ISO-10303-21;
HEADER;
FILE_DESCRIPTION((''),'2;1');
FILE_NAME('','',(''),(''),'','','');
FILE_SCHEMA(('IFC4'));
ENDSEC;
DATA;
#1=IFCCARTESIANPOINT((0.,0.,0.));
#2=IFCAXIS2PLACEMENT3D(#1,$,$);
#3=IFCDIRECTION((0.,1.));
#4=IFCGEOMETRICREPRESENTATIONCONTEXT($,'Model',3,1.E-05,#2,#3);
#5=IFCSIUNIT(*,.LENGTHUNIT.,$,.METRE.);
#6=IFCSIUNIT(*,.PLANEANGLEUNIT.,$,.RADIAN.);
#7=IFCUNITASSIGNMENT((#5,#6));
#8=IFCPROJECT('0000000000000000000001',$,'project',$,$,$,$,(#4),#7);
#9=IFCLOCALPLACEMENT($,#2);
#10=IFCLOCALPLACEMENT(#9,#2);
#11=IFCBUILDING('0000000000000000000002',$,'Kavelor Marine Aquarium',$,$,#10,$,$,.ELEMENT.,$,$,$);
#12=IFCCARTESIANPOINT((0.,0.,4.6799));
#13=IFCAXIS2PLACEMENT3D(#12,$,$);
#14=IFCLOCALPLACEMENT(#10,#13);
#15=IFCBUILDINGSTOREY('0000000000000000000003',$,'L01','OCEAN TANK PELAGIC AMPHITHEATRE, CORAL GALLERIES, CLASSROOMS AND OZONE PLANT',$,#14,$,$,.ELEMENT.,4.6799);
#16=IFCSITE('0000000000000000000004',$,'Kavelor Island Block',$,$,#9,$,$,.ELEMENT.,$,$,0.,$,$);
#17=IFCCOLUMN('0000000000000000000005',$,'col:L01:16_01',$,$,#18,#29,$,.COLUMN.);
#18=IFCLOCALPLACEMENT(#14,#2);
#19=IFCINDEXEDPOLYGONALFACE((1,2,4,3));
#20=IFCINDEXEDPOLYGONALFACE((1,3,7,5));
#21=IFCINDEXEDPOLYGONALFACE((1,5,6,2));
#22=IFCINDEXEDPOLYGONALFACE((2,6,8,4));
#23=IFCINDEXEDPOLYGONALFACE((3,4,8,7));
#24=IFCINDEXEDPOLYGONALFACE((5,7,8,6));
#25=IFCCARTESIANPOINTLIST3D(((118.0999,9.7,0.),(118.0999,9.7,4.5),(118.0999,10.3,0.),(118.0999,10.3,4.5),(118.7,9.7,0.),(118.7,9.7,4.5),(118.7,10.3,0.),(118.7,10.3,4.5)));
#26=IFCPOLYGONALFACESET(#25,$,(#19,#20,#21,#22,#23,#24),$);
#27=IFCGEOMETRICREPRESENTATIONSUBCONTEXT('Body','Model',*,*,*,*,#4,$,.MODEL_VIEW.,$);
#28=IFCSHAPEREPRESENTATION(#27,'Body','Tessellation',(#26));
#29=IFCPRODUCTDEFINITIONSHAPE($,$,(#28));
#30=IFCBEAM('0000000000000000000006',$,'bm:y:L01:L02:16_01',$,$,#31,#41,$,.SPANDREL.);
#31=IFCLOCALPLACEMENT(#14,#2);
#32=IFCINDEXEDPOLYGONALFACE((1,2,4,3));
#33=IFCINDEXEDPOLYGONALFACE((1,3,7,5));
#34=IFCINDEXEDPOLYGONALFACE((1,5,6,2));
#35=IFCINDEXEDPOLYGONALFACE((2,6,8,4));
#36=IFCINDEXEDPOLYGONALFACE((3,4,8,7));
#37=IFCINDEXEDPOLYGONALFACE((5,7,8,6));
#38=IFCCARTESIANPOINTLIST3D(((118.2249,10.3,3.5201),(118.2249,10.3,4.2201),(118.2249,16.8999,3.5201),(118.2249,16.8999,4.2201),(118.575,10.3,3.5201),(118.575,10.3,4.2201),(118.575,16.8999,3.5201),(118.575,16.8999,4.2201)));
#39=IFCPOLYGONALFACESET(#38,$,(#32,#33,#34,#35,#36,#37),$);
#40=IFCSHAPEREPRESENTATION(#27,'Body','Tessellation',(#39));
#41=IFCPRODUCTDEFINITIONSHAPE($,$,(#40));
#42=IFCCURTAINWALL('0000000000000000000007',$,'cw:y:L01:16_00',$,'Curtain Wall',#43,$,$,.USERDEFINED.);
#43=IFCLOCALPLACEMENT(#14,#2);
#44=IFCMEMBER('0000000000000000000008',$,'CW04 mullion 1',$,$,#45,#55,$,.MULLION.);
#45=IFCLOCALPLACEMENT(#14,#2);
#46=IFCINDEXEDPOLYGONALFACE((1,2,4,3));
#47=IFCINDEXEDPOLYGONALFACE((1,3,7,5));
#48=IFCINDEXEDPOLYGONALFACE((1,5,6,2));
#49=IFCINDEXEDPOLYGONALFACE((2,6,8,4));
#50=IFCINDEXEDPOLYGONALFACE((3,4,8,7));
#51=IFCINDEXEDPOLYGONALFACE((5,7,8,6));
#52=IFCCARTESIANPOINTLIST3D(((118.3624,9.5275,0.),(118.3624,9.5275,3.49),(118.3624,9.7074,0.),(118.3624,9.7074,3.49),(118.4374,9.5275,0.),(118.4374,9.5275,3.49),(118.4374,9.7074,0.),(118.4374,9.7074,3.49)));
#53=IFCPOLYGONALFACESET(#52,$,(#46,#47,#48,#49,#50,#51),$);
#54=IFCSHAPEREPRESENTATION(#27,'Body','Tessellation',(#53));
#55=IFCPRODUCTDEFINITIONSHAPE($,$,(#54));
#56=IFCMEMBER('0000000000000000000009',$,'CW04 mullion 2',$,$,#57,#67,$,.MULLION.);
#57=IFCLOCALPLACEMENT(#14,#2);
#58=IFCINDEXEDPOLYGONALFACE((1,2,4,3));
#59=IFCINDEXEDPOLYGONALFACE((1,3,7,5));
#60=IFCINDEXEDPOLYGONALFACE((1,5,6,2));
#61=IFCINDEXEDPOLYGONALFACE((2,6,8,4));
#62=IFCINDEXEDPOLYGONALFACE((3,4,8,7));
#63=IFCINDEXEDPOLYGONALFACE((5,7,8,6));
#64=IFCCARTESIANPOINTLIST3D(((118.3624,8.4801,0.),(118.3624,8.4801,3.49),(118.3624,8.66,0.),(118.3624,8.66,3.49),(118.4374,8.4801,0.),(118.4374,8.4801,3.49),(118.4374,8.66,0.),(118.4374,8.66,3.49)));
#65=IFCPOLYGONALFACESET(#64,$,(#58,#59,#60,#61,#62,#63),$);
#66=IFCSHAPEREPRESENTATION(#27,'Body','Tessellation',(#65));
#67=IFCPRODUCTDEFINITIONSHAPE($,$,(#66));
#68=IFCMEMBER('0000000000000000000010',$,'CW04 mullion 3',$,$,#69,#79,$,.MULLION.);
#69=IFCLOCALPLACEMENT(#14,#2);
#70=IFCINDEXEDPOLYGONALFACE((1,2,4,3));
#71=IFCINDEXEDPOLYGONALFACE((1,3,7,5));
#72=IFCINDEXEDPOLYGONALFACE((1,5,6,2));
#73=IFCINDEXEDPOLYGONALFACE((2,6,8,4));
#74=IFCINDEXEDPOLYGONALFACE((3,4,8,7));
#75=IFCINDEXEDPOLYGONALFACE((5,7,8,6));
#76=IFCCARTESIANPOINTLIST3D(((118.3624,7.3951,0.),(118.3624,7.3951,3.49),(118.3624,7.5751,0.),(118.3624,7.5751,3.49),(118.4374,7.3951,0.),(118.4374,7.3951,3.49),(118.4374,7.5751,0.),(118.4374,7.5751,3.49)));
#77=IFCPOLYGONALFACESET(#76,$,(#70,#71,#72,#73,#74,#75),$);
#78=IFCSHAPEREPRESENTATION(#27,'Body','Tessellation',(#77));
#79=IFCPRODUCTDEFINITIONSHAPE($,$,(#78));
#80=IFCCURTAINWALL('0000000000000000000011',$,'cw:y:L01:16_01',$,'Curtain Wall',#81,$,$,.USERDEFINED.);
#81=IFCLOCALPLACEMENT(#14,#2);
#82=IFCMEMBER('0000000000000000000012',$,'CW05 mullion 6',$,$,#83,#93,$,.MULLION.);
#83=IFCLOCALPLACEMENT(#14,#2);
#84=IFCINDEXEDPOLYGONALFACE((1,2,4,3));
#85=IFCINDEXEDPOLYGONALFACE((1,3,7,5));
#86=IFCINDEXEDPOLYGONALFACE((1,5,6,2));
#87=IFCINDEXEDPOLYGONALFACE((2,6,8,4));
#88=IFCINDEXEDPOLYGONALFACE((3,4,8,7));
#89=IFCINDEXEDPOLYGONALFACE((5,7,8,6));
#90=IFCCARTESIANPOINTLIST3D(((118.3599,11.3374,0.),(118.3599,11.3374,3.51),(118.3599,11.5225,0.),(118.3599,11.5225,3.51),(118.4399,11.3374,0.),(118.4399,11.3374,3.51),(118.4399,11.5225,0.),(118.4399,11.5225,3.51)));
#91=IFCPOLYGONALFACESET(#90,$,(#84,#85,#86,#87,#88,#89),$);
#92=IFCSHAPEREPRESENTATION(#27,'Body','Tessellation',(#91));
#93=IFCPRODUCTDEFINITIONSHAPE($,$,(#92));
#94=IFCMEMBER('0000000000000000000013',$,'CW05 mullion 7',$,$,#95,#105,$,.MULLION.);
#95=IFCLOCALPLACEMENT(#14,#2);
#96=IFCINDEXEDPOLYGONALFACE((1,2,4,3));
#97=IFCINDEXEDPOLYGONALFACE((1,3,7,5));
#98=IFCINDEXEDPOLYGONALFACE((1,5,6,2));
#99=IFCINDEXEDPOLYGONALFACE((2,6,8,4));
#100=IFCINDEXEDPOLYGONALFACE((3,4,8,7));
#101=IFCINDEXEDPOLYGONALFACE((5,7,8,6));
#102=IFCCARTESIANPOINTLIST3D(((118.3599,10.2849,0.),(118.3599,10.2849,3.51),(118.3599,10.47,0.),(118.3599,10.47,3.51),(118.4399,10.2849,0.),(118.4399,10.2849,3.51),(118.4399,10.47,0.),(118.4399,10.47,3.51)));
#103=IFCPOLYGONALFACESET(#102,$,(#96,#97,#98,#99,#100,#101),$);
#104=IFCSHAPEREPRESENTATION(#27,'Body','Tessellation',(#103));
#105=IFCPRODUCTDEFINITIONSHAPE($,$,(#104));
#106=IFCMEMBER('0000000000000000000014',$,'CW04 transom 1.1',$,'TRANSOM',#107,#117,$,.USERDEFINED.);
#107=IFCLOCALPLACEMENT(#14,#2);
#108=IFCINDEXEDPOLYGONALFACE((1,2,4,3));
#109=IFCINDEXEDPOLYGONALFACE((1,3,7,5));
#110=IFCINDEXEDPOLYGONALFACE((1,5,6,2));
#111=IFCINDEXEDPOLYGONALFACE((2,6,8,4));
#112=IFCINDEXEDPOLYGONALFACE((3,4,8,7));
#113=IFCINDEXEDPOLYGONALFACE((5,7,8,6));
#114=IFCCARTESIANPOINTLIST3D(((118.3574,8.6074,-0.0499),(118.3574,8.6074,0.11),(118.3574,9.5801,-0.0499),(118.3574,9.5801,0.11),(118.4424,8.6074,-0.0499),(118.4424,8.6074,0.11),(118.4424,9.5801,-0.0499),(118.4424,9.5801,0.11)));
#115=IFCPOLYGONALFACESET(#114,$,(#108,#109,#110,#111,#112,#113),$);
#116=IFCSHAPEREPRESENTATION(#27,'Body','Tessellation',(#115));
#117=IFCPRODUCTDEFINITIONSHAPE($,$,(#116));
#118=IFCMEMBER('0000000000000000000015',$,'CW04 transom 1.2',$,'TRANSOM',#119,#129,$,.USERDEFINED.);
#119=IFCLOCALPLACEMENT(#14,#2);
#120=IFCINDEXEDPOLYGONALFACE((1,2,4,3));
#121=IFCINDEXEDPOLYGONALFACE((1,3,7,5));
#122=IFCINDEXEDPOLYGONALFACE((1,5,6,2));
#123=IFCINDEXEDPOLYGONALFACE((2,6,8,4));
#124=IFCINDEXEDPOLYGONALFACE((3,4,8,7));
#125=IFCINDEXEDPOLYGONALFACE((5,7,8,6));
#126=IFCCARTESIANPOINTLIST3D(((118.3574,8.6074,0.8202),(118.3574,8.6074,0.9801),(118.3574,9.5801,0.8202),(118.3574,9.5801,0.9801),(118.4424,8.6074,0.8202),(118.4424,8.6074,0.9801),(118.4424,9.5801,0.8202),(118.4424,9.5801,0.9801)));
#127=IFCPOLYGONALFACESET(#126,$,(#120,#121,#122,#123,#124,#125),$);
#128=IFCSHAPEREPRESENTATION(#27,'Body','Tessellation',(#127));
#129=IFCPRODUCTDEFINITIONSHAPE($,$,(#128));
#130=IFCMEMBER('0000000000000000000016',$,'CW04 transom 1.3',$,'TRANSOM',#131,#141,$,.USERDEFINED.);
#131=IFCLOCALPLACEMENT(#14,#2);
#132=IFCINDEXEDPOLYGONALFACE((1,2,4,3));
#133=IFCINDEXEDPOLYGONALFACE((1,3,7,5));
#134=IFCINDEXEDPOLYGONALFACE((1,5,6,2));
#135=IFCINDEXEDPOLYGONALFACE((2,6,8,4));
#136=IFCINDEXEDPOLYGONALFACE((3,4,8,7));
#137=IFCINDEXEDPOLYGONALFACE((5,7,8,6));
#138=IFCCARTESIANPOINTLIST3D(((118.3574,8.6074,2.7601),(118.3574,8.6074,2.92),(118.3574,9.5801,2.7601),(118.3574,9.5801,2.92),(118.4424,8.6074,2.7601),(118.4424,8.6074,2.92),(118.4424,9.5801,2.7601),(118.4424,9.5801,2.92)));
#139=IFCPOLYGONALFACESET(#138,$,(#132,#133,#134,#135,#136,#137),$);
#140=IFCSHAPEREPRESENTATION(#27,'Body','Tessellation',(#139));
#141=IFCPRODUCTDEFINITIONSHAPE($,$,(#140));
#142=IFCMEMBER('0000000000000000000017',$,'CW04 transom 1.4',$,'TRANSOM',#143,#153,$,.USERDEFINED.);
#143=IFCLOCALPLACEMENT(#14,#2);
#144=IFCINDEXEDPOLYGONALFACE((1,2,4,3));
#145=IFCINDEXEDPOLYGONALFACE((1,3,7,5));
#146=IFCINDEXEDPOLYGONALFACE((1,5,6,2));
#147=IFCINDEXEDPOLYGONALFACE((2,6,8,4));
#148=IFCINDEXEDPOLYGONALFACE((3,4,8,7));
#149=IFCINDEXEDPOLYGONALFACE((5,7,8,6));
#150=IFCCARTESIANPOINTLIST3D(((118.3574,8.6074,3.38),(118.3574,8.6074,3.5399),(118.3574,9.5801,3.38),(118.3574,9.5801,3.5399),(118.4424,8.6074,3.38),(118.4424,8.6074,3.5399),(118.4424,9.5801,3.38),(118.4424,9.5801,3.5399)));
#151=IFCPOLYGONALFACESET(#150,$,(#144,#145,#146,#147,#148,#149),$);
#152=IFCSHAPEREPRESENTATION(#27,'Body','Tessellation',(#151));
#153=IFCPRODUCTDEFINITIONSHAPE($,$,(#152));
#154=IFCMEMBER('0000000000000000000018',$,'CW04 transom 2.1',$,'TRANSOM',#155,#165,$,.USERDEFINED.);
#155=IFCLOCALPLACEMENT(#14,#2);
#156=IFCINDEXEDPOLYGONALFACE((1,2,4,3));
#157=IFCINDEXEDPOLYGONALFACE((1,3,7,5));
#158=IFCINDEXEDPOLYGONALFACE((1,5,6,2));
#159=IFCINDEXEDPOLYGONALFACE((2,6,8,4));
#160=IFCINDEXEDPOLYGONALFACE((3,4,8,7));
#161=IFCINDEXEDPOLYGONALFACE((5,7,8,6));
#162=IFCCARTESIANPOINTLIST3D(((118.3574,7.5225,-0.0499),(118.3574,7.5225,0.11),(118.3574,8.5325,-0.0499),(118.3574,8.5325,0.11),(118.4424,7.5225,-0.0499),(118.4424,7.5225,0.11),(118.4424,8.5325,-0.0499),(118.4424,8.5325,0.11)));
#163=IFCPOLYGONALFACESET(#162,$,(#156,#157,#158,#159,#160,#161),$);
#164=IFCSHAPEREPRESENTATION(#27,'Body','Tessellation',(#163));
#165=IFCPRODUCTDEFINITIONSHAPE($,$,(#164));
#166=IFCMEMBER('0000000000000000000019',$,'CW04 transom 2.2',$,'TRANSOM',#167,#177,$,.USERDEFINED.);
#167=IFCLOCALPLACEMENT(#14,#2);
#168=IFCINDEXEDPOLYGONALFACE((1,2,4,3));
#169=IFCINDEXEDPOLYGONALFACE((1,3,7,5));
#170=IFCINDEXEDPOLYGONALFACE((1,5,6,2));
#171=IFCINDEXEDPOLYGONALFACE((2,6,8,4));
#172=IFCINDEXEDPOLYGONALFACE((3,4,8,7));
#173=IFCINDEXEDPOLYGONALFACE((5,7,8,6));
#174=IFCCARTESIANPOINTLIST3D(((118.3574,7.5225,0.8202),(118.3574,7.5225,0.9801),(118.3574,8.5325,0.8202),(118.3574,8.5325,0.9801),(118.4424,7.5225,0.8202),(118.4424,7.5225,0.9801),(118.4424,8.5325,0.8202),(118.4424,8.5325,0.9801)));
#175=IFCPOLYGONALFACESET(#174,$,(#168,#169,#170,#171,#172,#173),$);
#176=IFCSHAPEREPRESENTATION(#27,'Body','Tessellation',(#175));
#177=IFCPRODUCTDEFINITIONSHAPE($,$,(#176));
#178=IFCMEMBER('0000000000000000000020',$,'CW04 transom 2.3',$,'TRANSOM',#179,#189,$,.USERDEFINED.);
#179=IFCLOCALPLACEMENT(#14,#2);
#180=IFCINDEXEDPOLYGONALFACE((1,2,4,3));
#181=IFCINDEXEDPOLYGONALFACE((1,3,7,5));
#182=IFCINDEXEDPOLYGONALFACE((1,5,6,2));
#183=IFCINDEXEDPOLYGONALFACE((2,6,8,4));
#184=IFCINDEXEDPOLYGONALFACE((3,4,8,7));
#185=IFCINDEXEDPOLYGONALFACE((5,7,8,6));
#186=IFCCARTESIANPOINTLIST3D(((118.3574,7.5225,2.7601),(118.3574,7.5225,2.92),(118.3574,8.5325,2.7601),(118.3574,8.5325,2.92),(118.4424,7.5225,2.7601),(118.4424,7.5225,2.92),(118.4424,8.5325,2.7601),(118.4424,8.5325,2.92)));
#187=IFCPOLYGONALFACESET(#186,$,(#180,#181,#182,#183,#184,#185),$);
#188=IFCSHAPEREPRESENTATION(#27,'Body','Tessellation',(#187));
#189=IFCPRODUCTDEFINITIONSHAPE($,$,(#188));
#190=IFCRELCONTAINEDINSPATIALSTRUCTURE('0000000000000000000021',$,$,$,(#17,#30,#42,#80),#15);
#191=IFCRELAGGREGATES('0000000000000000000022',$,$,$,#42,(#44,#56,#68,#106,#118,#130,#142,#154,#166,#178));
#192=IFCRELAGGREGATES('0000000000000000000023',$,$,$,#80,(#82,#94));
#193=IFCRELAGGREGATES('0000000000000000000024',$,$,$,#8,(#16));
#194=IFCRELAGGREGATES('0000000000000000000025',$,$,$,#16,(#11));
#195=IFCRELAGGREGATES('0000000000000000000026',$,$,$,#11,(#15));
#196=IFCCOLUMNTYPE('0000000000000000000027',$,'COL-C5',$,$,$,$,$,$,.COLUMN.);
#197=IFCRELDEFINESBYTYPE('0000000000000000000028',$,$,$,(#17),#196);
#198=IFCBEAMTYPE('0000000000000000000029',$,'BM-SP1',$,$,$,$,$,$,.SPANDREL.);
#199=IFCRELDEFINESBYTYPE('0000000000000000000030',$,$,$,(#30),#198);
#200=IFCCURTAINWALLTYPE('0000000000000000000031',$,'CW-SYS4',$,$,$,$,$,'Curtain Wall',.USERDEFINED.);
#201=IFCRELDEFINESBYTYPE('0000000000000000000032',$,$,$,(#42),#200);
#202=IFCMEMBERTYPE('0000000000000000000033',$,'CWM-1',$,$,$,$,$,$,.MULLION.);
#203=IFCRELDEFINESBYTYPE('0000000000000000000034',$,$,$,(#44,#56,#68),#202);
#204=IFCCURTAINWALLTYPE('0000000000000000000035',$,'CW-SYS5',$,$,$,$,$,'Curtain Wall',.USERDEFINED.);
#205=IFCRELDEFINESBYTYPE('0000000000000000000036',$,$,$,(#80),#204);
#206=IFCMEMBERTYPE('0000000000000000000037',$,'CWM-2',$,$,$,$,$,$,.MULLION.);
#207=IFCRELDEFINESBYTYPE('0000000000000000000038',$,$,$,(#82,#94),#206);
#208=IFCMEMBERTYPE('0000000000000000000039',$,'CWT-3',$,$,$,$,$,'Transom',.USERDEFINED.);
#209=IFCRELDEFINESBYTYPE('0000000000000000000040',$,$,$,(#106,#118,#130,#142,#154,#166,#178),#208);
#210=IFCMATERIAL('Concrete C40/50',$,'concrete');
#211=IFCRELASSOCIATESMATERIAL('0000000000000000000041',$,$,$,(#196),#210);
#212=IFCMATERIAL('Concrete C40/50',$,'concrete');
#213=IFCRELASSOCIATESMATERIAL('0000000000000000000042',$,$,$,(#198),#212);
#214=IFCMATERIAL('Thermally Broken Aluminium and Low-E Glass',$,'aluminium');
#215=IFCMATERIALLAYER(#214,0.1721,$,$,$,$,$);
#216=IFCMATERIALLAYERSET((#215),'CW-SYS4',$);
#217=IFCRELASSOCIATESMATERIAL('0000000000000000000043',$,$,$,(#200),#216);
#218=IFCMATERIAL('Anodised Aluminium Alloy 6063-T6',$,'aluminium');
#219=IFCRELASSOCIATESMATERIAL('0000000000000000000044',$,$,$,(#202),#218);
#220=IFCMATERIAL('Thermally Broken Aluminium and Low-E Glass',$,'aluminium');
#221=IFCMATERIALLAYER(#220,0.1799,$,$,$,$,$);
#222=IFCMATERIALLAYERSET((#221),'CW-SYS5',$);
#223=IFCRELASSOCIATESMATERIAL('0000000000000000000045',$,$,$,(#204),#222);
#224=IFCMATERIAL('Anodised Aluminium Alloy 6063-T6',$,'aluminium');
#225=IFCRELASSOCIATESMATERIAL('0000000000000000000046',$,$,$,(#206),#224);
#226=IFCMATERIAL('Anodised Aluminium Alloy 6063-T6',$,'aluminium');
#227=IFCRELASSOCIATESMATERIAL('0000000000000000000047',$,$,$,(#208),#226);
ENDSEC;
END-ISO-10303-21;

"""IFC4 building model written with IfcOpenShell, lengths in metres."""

from ifc_helpers import new_model, si_unit, direction, frame, origin, origin_2d, place, context, subcontext, project, spatial, rectangle, extrude, material, layer, layer_set, material_profile, profile_set, type_object, element, aggregate, save


model = new_model("IFC4")

# Units and contexts
model_context = context("Model", 3, precision=1e-05, world=origin(), true_north=direction((0.0, 1.0)))
body_context = subcontext(model_context, "Body", "Model", "MODEL_VIEW")
ifc_project = project(units=[si_unit("LENGTHUNIT", "METRE"), si_unit("PLANEANGLEUNIT", "RADIAN")], contexts=[model_context])

# Site, building, storey
site_placement = place(None, origin())
site = spatial("IfcSite", under=ifc_project, at=site_placement, Name="Kavelor Island Block", CompositionType="ELEMENT", RefElevation=0.0)
building_placement = place(site_placement, origin())
building = spatial("IfcBuilding", under=site, at=building_placement, Name="Kavelor Marine Aquarium", CompositionType="ELEMENT")
storey_placement = place(building_placement, frame((0.0, 0.0, 4.6799)))
storey = spatial("IfcBuildingStorey", under=building, at=storey_placement, Name="L01", Description="OCEAN TANK PELAGIC AMPHITHEATRE, CORAL GALLERIES, CLASSROOMS AND OZONE PLANT", CompositionType="ELEMENT", Elevation=4.6799)

# Column
ifc_material_1 = material(Name="Concrete C40/50", Category="concrete")
ifc_material_profile_1 = material_profile(ifc_material_1, rectangle(XDim=0.6001, YDim=0.6001, at=origin_2d()), Name="RC-COL 600x600")
ifc_profile_set_1 = profile_set([ifc_material_profile_1], Name="Concrete C40/50")
column_type = type_object("IfcColumnType", Name="COL-C5", PredefinedType="COLUMN", material=ifc_profile_set_1)
column_placement = place(storey_placement, frame((118.3999, 10.0, 0.0), z_axis=(0.0, 0.0, 1.0), x_axis=(1.0, 0.0, 0.0)))
element("IfcColumn", 1, at=column_placement, inside=storey, type_object=column_type, Name="col:L01:16_01", PredefinedType="COLUMN", context=body_context, shape_type="SweptSolid", body=[
    extrude(rectangle(XDim=0.6001, YDim=0.6001, at=origin_2d()), origin(), (0.0, 0.0, 1.0), 4.5),
])

# Beam
ifc_material_2 = material(Name="Concrete C40/50", Category="concrete")
ifc_material_profile_2 = material_profile(ifc_material_2, rectangle(XDim=0.3501, YDim=0.7, at=origin_2d()), Name="RC-SP 350x700")
ifc_profile_set_2 = profile_set([ifc_material_profile_2], Name="Concrete C40/50")
beam_type = type_object("IfcBeamType", Name="BM-SP1", PredefinedType="SPANDREL", material=ifc_profile_set_2)
beam_placement = place(storey_placement, frame((118.3999, 10.3, 3.8701), z_axis=(0.0, 1.0, 0.0), x_axis=(-1.0, 0.0, 0.0)))
element("IfcBeam", 2, at=beam_placement, inside=storey, type_object=beam_type, Name="bm:y:L01:L02:16_01", PredefinedType="SPANDREL", context=body_context, shape_type="SweptSolid", body=[
    extrude(rectangle(XDim=0.3501, YDim=0.7, at=origin_2d()), origin(), (0.0, 0.0, 1.0), 6.5999),
])

# Curtain walls, members
ifc_material_3 = material(Name="Thermally Broken Aluminium and Low-E Glass", Category="aluminium")
ifc_layer_1 = layer(ifc_material_3, 0.1721)
ifc_layer_set_1 = layer_set([ifc_layer_1], Name="CW-SYS4")
curtain_wall_type_1 = type_object("IfcCurtainWallType", Name="CW-SYS4", ElementType="Curtain Wall", PredefinedType="USERDEFINED", material=ifc_layer_set_1)
curtain_wall_1_placement = place(storey_placement, origin())
curtain_wall_1 = element("IfcCurtainWall", 3, at=curtain_wall_1_placement, inside=storey, type_object=curtain_wall_type_1, Name="cw:y:L01:16_00", ObjectType="Curtain Wall", PredefinedType="USERDEFINED")
ifc_material_4 = material(Name="Anodised Aluminium Alloy 6063-T6", Category="aluminium")
ifc_material_profile_3 = material_profile(ifc_material_4, rectangle(XDim=0.075, YDim=0.1799, at=origin_2d()), Name="CW-MUL 75x180")
ifc_profile_set_3 = profile_set([ifc_material_profile_3], Name="Anodised Aluminium Alloy 6063-T6")
member_type_1 = type_object("IfcMemberType", Name="CWM-1", PredefinedType="MULLION", material=ifc_profile_set_3)
member_1_placement = place(storey_placement, frame((118.3999, 9.6174, 0.0), z_axis=(0.0, 0.0, 1.0), x_axis=(1.0, 0.0, 0.0)))
member_1 = element("IfcMember", 4, at=member_1_placement, type_object=member_type_1, Name="CW04 mullion 1", PredefinedType="MULLION", context=body_context, shape_type="SweptSolid", body=[
    extrude(rectangle(XDim=0.075, YDim=0.1799, at=origin_2d()), origin(), (0.0, 0.0, 1.0), 3.49),
])
member_2_placement = place(storey_placement, frame((118.3999, 8.5701, 0.0), z_axis=(0.0, 0.0, 1.0), x_axis=(1.0, 0.0, 0.0)))
member_2 = element("IfcMember", 5, at=member_2_placement, type_object=member_type_1, Name="CW04 mullion 2", PredefinedType="MULLION", context=body_context, shape_type="SweptSolid", body=[
    extrude(rectangle(XDim=0.075, YDim=0.1799, at=origin_2d()), origin(), (0.0, 0.0, 1.0), 3.49),
])
member_3_placement = place(storey_placement, frame((118.3999, 7.4851, 0.0), z_axis=(0.0, 0.0, 1.0), x_axis=(1.0, 0.0, 0.0)))
member_3 = element("IfcMember", 6, at=member_3_placement, type_object=member_type_1, Name="CW04 mullion 3", PredefinedType="MULLION", context=body_context, shape_type="SweptSolid", body=[
    extrude(rectangle(XDim=0.075, YDim=0.1799, at=origin_2d()), origin(), (0.0, 0.0, 1.0), 3.49),
])
ifc_material_5 = material(Name="Thermally Broken Aluminium and Low-E Glass", Category="aluminium")
ifc_layer_2 = layer(ifc_material_5, 0.1799)
ifc_layer_set_2 = layer_set([ifc_layer_2], Name="CW-SYS5")
curtain_wall_type_2 = type_object("IfcCurtainWallType", Name="CW-SYS5", ElementType="Curtain Wall", PredefinedType="USERDEFINED", material=ifc_layer_set_2)
curtain_wall_2_placement = place(storey_placement, origin())
curtain_wall_2 = element("IfcCurtainWall", 7, at=curtain_wall_2_placement, inside=storey, type_object=curtain_wall_type_2, Name="cw:y:L01:16_01", ObjectType="Curtain Wall", PredefinedType="USERDEFINED")
ifc_material_6 = material(Name="Anodised Aluminium Alloy 6063-T6", Category="aluminium")
ifc_material_profile_4 = material_profile(ifc_material_6, rectangle(XDim=0.0801, YDim=0.1851, at=origin_2d()), Name="CW-MUL 80x185")
ifc_profile_set_4 = profile_set([ifc_material_profile_4], Name="Anodised Aluminium Alloy 6063-T6")
member_type_2 = type_object("IfcMemberType", Name="CWM-2", PredefinedType="MULLION", material=ifc_profile_set_4)
member_4_placement = place(storey_placement, frame((118.3999, 11.4299, 0.0), z_axis=(0.0, 0.0, 1.0), x_axis=(1.0, 0.0, 0.0)))
member_4 = element("IfcMember", 8, at=member_4_placement, type_object=member_type_2, Name="CW05 mullion 6", PredefinedType="MULLION", context=body_context, shape_type="SweptSolid", body=[
    extrude(rectangle(XDim=0.0801, YDim=0.1851, at=origin_2d()), origin(), (0.0, 0.0, 1.0), 3.51),
])
member_5_placement = place(storey_placement, frame((118.3999, 10.3774, 0.0), z_axis=(0.0, 0.0, 1.0), x_axis=(1.0, 0.0, 0.0)))
member_5 = element("IfcMember", 9, at=member_5_placement, type_object=member_type_2, Name="CW05 mullion 7", PredefinedType="MULLION", context=body_context, shape_type="SweptSolid", body=[
    extrude(rectangle(XDim=0.0801, YDim=0.1851, at=origin_2d()), origin(), (0.0, 0.0, 1.0), 3.51),
])

# Members
ifc_material_7 = material(Name="Anodised Aluminium Alloy 6063-T6", Category="aluminium")
ifc_material_profile_5 = material_profile(ifc_material_7, rectangle(XDim=0.085, YDim=0.1599, at=origin_2d()), Name="CW-TRN 85x160")
ifc_profile_set_5 = profile_set([ifc_material_profile_5], Name="Anodised Aluminium Alloy 6063-T6")
member_type_3 = type_object("IfcMemberType", Name="CWT-3", ElementType="Transom", PredefinedType="USERDEFINED", material=ifc_profile_set_5)
member_6_placement = place(storey_placement, frame((118.3999, 9.5801, 0.03), z_axis=(0.0, -1.0, 0.0), x_axis=(1.0, 0.0, 0.0)))
member_6 = element("IfcMember", 10, at=member_6_placement, type_object=member_type_3, Name="CW04 transom 1.1", ObjectType="TRANSOM", PredefinedType="USERDEFINED", context=body_context, shape_type="SweptSolid", body=[
    extrude(rectangle(XDim=0.085, YDim=0.1599, at=origin_2d()), origin(), (0.0, 0.0, 1.0), 0.9727),
])
member_7_placement = place(storey_placement, frame((118.3999, 9.5801, 0.9001), z_axis=(0.0, -1.0, 0.0), x_axis=(1.0, 0.0, 0.0)))
member_7 = element("IfcMember", 11, at=member_7_placement, type_object=member_type_3, Name="CW04 transom 1.2", ObjectType="TRANSOM", PredefinedType="USERDEFINED", context=body_context, shape_type="SweptSolid", body=[
    extrude(rectangle(XDim=0.085, YDim=0.1599, at=origin_2d()), origin(), (0.0, 0.0, 1.0), 0.9727),
])
member_8_placement = place(storey_placement, frame((118.3999, 9.5801, 2.8401), z_axis=(0.0, -1.0, 0.0), x_axis=(1.0, 0.0, 0.0)))
member_8 = element("IfcMember", 12, at=member_8_placement, type_object=member_type_3, Name="CW04 transom 1.3", ObjectType="TRANSOM", PredefinedType="USERDEFINED", context=body_context, shape_type="SweptSolid", body=[
    extrude(rectangle(XDim=0.085, YDim=0.1599, at=origin_2d()), origin(), (0.0, 0.0, 1.0), 0.9727),
])
member_9_placement = place(storey_placement, frame((118.3999, 9.5801, 3.46), z_axis=(0.0, -1.0, 0.0), x_axis=(1.0, 0.0, 0.0)))
member_9 = element("IfcMember", 13, at=member_9_placement, type_object=member_type_3, Name="CW04 transom 1.4", ObjectType="TRANSOM", PredefinedType="USERDEFINED", context=body_context, shape_type="SweptSolid", body=[
    extrude(rectangle(XDim=0.085, YDim=0.1599, at=origin_2d()), origin(), (0.0, 0.0, 1.0), 0.9727),
])
member_10_placement = place(storey_placement, frame((118.3999, 8.5325, 0.03), z_axis=(0.0, -1.0, 0.0), x_axis=(1.0, 0.0, 0.0)))
member_10 = element("IfcMember", 14, at=member_10_placement, type_object=member_type_3, Name="CW04 transom 2.1", ObjectType="TRANSOM", PredefinedType="USERDEFINED", context=body_context, shape_type="SweptSolid", body=[
    extrude(rectangle(XDim=0.085, YDim=0.1599, at=origin_2d()), origin(), (0.0, 0.0, 1.0), 1.01),
])
member_11_placement = place(storey_placement, frame((118.3999, 8.5325, 0.9001), z_axis=(0.0, -1.0, 0.0), x_axis=(1.0, 0.0, 0.0)))
member_11 = element("IfcMember", 15, at=member_11_placement, type_object=member_type_3, Name="CW04 transom 2.2", ObjectType="TRANSOM", PredefinedType="USERDEFINED", context=body_context, shape_type="SweptSolid", body=[
    extrude(rectangle(XDim=0.085, YDim=0.1599, at=origin_2d()), origin(), (0.0, 0.0, 1.0), 1.01),
])
member_12_placement = place(storey_placement, frame((118.3999, 8.5325, 2.8401), z_axis=(0.0, -1.0, 0.0), x_axis=(1.0, 0.0, 0.0)))
member_12 = element("IfcMember", 16, at=member_12_placement, type_object=member_type_3, Name="CW04 transom 2.3", ObjectType="TRANSOM", PredefinedType="USERDEFINED", context=body_context, shape_type="SweptSolid", body=[
    extrude(rectangle(XDim=0.085, YDim=0.1599, at=origin_2d()), origin(), (0.0, 0.0, 1.0), 1.01),
])

aggregate(curtain_wall_1, [member_1, member_2, member_3, member_6, member_7, member_8, member_9, member_10, member_11, member_12])
aggregate(curtain_wall_2, [member_4, member_5])

save(model, "model.ifc")
